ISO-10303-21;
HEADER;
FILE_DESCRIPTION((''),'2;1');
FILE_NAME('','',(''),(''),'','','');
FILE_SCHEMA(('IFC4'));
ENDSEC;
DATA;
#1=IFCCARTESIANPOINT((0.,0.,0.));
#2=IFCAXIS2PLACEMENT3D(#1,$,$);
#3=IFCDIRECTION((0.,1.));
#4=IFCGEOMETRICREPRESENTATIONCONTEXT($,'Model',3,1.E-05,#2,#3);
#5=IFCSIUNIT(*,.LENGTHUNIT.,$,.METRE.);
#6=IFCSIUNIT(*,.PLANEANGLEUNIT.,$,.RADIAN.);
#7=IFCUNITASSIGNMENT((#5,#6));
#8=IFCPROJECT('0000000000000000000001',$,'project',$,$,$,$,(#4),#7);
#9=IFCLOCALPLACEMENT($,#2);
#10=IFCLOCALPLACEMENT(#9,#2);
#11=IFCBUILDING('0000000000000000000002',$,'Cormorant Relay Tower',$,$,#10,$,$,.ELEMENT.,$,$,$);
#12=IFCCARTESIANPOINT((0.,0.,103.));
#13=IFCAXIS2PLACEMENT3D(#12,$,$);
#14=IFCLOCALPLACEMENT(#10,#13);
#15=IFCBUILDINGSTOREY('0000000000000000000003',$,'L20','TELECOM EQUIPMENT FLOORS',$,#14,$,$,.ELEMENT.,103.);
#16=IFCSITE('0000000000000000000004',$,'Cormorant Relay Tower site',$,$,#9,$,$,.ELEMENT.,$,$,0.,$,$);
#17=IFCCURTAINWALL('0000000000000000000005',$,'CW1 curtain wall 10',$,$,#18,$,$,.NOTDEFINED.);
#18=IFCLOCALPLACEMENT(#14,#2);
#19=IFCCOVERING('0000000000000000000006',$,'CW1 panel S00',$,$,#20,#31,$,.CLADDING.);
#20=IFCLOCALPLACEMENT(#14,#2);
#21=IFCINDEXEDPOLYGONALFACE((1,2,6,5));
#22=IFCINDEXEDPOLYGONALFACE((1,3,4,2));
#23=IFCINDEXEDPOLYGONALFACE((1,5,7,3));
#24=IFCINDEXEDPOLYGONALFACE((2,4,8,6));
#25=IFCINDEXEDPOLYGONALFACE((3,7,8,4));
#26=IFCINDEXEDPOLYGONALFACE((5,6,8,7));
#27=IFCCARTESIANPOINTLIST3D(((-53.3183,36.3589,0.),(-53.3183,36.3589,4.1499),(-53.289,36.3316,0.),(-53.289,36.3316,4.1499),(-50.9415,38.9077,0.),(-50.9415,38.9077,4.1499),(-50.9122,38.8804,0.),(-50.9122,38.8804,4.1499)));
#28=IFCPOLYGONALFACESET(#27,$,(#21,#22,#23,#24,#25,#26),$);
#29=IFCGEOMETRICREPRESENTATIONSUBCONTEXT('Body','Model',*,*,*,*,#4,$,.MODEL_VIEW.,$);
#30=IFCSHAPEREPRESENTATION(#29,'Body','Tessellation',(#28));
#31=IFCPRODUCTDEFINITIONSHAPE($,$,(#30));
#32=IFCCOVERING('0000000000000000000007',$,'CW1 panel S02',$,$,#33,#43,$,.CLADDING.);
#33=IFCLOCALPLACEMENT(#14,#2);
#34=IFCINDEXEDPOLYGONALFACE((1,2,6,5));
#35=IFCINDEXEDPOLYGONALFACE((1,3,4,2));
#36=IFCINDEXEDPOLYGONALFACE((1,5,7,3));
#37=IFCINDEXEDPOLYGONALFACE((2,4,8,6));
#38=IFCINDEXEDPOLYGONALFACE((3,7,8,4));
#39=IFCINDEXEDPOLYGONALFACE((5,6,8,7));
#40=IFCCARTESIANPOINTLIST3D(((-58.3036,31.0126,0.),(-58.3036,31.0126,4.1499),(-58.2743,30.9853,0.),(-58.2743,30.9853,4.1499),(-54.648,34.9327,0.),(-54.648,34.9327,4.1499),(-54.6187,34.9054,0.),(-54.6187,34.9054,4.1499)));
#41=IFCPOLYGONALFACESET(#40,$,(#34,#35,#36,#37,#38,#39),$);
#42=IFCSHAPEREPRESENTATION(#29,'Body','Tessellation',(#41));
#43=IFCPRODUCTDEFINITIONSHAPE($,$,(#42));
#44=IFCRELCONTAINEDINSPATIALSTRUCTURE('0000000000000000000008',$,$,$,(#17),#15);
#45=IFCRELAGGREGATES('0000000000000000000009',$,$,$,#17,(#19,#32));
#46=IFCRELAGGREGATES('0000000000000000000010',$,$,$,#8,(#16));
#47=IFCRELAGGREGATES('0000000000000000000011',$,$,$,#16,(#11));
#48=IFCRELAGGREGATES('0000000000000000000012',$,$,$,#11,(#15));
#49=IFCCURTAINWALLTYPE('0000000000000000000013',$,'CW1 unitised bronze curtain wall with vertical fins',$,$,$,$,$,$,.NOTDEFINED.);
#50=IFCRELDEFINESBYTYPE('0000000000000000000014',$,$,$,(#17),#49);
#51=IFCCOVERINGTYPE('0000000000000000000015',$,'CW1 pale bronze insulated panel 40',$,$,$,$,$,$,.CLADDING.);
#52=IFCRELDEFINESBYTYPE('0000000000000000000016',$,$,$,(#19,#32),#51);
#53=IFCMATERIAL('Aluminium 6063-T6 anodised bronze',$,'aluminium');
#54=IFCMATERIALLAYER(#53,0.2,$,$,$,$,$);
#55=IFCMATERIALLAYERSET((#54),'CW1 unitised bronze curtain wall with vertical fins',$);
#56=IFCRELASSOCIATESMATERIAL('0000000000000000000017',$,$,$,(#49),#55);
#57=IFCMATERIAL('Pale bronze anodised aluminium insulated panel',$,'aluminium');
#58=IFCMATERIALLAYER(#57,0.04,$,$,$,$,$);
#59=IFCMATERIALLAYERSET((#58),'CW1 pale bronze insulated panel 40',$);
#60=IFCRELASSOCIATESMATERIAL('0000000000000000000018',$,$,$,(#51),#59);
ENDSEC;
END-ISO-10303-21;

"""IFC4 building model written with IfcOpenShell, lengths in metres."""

from ifc_helpers import new_model, si_unit, direction, frame, origin, origin_2d, place, context, subcontext, project, spatial, rectangle, extrude, material, layer, layer_set, type_object, element, aggregate, save


model = new_model("IFC4")

# Units and contexts
model_context = context("Model", 3, precision=1e-05, world=origin(), true_north=direction((0.0, 1.0)))
body_context = subcontext(model_context, "Body", "Model", "MODEL_VIEW")
ifc_project = project(units=[si_unit("LENGTHUNIT", "METRE"), si_unit("PLANEANGLEUNIT", "RADIAN")], contexts=[model_context])

# Site, building, storey
site_placement = place(None, origin())
site = spatial("IfcSite", under=ifc_project, at=site_placement, Name="Cormorant Relay Tower site", CompositionType="ELEMENT", RefElevation=0.0)
building_placement = place(site_placement, origin())
building = spatial("IfcBuilding", under=site, at=building_placement, Name="Cormorant Relay Tower", CompositionType="ELEMENT")
storey_placement = place(building_placement, frame((0.0, 0.0, 103.0)))
storey = spatial("IfcBuildingStorey", under=building, at=storey_placement, Name="L20", Description="TELECOM EQUIPMENT FLOORS", CompositionType="ELEMENT", Elevation=103.0)

# Shared definitions
ifc_material_1 = material(Name="Aluminium 6063-T6 anodised bronze", Category="aluminium")
ifc_layer_1 = layer(ifc_material_1, 0.2)
ifc_layer_set_1 = layer_set([ifc_layer_1], Name="CW1 unitised bronze curtain wall with vertical fins")
curtain_wall_type = type_object("IfcCurtainWallType", Name="CW1 unitised bronze curtain wall with vertical fins", PredefinedType="NOTDEFINED", material=ifc_layer_set_1)

# Curtain wall
curtain_wall_1_placement = place(storey_placement, origin())
curtain_wall_1 = element("IfcCurtainWall", 1, at=curtain_wall_1_placement, inside=storey, type_object=curtain_wall_type, Name="CW1 curtain wall 10", PredefinedType="NOTDEFINED")

# Coverings
ifc_material_2 = material(Name="Pale bronze anodised aluminium insulated panel", Category="aluminium")
ifc_layer_2 = layer(ifc_material_2, 0.04)
ifc_layer_set_2 = layer_set([ifc_layer_2], Name="CW1 pale bronze insulated panel 40")
covering_type = type_object("IfcCoveringType", Name="CW1 pale bronze insulated panel 40", PredefinedType="CLADDING", material=ifc_layer_set_2)
covering_1_placement = place(storey_placement, frame((-52.1152, 37.6196, 0.0), z_axis=(0.0, 0.0, 1.0), x_axis=(-0.681998, -0.731354, 0.0)))
covering_1 = element("IfcCovering", 2, at=covering_1_placement, type_object=covering_type, Name="CW1 panel S00", PredefinedType="CLADDING", context=body_context, shape_type="SweptSolid", body=[
    extrude(rectangle(XDim=3.4851, YDim=0.04, at=origin_2d()), origin(), (0.0, 0.0, 1.0), 4.1499),
])
covering_2_placement = place(storey_placement, frame((-56.4612, 32.959, 0.0), z_axis=(0.0, 0.0, 1.0), x_axis=(-0.681998, -0.731354, 0.0)))
covering_2 = element("IfcCovering", 3, at=covering_2_placement, type_object=covering_type, Name="CW1 panel S02", PredefinedType="CLADDING", context=body_context, shape_type="SweptSolid", body=[
    extrude(rectangle(XDim=5.3601, YDim=0.04, at=origin_2d()), origin(), (0.0, 0.0, 1.0), 4.1499),
])
aggregate(curtain_wall_1, [covering_1, covering_2])

save(model, "model.ifc")
